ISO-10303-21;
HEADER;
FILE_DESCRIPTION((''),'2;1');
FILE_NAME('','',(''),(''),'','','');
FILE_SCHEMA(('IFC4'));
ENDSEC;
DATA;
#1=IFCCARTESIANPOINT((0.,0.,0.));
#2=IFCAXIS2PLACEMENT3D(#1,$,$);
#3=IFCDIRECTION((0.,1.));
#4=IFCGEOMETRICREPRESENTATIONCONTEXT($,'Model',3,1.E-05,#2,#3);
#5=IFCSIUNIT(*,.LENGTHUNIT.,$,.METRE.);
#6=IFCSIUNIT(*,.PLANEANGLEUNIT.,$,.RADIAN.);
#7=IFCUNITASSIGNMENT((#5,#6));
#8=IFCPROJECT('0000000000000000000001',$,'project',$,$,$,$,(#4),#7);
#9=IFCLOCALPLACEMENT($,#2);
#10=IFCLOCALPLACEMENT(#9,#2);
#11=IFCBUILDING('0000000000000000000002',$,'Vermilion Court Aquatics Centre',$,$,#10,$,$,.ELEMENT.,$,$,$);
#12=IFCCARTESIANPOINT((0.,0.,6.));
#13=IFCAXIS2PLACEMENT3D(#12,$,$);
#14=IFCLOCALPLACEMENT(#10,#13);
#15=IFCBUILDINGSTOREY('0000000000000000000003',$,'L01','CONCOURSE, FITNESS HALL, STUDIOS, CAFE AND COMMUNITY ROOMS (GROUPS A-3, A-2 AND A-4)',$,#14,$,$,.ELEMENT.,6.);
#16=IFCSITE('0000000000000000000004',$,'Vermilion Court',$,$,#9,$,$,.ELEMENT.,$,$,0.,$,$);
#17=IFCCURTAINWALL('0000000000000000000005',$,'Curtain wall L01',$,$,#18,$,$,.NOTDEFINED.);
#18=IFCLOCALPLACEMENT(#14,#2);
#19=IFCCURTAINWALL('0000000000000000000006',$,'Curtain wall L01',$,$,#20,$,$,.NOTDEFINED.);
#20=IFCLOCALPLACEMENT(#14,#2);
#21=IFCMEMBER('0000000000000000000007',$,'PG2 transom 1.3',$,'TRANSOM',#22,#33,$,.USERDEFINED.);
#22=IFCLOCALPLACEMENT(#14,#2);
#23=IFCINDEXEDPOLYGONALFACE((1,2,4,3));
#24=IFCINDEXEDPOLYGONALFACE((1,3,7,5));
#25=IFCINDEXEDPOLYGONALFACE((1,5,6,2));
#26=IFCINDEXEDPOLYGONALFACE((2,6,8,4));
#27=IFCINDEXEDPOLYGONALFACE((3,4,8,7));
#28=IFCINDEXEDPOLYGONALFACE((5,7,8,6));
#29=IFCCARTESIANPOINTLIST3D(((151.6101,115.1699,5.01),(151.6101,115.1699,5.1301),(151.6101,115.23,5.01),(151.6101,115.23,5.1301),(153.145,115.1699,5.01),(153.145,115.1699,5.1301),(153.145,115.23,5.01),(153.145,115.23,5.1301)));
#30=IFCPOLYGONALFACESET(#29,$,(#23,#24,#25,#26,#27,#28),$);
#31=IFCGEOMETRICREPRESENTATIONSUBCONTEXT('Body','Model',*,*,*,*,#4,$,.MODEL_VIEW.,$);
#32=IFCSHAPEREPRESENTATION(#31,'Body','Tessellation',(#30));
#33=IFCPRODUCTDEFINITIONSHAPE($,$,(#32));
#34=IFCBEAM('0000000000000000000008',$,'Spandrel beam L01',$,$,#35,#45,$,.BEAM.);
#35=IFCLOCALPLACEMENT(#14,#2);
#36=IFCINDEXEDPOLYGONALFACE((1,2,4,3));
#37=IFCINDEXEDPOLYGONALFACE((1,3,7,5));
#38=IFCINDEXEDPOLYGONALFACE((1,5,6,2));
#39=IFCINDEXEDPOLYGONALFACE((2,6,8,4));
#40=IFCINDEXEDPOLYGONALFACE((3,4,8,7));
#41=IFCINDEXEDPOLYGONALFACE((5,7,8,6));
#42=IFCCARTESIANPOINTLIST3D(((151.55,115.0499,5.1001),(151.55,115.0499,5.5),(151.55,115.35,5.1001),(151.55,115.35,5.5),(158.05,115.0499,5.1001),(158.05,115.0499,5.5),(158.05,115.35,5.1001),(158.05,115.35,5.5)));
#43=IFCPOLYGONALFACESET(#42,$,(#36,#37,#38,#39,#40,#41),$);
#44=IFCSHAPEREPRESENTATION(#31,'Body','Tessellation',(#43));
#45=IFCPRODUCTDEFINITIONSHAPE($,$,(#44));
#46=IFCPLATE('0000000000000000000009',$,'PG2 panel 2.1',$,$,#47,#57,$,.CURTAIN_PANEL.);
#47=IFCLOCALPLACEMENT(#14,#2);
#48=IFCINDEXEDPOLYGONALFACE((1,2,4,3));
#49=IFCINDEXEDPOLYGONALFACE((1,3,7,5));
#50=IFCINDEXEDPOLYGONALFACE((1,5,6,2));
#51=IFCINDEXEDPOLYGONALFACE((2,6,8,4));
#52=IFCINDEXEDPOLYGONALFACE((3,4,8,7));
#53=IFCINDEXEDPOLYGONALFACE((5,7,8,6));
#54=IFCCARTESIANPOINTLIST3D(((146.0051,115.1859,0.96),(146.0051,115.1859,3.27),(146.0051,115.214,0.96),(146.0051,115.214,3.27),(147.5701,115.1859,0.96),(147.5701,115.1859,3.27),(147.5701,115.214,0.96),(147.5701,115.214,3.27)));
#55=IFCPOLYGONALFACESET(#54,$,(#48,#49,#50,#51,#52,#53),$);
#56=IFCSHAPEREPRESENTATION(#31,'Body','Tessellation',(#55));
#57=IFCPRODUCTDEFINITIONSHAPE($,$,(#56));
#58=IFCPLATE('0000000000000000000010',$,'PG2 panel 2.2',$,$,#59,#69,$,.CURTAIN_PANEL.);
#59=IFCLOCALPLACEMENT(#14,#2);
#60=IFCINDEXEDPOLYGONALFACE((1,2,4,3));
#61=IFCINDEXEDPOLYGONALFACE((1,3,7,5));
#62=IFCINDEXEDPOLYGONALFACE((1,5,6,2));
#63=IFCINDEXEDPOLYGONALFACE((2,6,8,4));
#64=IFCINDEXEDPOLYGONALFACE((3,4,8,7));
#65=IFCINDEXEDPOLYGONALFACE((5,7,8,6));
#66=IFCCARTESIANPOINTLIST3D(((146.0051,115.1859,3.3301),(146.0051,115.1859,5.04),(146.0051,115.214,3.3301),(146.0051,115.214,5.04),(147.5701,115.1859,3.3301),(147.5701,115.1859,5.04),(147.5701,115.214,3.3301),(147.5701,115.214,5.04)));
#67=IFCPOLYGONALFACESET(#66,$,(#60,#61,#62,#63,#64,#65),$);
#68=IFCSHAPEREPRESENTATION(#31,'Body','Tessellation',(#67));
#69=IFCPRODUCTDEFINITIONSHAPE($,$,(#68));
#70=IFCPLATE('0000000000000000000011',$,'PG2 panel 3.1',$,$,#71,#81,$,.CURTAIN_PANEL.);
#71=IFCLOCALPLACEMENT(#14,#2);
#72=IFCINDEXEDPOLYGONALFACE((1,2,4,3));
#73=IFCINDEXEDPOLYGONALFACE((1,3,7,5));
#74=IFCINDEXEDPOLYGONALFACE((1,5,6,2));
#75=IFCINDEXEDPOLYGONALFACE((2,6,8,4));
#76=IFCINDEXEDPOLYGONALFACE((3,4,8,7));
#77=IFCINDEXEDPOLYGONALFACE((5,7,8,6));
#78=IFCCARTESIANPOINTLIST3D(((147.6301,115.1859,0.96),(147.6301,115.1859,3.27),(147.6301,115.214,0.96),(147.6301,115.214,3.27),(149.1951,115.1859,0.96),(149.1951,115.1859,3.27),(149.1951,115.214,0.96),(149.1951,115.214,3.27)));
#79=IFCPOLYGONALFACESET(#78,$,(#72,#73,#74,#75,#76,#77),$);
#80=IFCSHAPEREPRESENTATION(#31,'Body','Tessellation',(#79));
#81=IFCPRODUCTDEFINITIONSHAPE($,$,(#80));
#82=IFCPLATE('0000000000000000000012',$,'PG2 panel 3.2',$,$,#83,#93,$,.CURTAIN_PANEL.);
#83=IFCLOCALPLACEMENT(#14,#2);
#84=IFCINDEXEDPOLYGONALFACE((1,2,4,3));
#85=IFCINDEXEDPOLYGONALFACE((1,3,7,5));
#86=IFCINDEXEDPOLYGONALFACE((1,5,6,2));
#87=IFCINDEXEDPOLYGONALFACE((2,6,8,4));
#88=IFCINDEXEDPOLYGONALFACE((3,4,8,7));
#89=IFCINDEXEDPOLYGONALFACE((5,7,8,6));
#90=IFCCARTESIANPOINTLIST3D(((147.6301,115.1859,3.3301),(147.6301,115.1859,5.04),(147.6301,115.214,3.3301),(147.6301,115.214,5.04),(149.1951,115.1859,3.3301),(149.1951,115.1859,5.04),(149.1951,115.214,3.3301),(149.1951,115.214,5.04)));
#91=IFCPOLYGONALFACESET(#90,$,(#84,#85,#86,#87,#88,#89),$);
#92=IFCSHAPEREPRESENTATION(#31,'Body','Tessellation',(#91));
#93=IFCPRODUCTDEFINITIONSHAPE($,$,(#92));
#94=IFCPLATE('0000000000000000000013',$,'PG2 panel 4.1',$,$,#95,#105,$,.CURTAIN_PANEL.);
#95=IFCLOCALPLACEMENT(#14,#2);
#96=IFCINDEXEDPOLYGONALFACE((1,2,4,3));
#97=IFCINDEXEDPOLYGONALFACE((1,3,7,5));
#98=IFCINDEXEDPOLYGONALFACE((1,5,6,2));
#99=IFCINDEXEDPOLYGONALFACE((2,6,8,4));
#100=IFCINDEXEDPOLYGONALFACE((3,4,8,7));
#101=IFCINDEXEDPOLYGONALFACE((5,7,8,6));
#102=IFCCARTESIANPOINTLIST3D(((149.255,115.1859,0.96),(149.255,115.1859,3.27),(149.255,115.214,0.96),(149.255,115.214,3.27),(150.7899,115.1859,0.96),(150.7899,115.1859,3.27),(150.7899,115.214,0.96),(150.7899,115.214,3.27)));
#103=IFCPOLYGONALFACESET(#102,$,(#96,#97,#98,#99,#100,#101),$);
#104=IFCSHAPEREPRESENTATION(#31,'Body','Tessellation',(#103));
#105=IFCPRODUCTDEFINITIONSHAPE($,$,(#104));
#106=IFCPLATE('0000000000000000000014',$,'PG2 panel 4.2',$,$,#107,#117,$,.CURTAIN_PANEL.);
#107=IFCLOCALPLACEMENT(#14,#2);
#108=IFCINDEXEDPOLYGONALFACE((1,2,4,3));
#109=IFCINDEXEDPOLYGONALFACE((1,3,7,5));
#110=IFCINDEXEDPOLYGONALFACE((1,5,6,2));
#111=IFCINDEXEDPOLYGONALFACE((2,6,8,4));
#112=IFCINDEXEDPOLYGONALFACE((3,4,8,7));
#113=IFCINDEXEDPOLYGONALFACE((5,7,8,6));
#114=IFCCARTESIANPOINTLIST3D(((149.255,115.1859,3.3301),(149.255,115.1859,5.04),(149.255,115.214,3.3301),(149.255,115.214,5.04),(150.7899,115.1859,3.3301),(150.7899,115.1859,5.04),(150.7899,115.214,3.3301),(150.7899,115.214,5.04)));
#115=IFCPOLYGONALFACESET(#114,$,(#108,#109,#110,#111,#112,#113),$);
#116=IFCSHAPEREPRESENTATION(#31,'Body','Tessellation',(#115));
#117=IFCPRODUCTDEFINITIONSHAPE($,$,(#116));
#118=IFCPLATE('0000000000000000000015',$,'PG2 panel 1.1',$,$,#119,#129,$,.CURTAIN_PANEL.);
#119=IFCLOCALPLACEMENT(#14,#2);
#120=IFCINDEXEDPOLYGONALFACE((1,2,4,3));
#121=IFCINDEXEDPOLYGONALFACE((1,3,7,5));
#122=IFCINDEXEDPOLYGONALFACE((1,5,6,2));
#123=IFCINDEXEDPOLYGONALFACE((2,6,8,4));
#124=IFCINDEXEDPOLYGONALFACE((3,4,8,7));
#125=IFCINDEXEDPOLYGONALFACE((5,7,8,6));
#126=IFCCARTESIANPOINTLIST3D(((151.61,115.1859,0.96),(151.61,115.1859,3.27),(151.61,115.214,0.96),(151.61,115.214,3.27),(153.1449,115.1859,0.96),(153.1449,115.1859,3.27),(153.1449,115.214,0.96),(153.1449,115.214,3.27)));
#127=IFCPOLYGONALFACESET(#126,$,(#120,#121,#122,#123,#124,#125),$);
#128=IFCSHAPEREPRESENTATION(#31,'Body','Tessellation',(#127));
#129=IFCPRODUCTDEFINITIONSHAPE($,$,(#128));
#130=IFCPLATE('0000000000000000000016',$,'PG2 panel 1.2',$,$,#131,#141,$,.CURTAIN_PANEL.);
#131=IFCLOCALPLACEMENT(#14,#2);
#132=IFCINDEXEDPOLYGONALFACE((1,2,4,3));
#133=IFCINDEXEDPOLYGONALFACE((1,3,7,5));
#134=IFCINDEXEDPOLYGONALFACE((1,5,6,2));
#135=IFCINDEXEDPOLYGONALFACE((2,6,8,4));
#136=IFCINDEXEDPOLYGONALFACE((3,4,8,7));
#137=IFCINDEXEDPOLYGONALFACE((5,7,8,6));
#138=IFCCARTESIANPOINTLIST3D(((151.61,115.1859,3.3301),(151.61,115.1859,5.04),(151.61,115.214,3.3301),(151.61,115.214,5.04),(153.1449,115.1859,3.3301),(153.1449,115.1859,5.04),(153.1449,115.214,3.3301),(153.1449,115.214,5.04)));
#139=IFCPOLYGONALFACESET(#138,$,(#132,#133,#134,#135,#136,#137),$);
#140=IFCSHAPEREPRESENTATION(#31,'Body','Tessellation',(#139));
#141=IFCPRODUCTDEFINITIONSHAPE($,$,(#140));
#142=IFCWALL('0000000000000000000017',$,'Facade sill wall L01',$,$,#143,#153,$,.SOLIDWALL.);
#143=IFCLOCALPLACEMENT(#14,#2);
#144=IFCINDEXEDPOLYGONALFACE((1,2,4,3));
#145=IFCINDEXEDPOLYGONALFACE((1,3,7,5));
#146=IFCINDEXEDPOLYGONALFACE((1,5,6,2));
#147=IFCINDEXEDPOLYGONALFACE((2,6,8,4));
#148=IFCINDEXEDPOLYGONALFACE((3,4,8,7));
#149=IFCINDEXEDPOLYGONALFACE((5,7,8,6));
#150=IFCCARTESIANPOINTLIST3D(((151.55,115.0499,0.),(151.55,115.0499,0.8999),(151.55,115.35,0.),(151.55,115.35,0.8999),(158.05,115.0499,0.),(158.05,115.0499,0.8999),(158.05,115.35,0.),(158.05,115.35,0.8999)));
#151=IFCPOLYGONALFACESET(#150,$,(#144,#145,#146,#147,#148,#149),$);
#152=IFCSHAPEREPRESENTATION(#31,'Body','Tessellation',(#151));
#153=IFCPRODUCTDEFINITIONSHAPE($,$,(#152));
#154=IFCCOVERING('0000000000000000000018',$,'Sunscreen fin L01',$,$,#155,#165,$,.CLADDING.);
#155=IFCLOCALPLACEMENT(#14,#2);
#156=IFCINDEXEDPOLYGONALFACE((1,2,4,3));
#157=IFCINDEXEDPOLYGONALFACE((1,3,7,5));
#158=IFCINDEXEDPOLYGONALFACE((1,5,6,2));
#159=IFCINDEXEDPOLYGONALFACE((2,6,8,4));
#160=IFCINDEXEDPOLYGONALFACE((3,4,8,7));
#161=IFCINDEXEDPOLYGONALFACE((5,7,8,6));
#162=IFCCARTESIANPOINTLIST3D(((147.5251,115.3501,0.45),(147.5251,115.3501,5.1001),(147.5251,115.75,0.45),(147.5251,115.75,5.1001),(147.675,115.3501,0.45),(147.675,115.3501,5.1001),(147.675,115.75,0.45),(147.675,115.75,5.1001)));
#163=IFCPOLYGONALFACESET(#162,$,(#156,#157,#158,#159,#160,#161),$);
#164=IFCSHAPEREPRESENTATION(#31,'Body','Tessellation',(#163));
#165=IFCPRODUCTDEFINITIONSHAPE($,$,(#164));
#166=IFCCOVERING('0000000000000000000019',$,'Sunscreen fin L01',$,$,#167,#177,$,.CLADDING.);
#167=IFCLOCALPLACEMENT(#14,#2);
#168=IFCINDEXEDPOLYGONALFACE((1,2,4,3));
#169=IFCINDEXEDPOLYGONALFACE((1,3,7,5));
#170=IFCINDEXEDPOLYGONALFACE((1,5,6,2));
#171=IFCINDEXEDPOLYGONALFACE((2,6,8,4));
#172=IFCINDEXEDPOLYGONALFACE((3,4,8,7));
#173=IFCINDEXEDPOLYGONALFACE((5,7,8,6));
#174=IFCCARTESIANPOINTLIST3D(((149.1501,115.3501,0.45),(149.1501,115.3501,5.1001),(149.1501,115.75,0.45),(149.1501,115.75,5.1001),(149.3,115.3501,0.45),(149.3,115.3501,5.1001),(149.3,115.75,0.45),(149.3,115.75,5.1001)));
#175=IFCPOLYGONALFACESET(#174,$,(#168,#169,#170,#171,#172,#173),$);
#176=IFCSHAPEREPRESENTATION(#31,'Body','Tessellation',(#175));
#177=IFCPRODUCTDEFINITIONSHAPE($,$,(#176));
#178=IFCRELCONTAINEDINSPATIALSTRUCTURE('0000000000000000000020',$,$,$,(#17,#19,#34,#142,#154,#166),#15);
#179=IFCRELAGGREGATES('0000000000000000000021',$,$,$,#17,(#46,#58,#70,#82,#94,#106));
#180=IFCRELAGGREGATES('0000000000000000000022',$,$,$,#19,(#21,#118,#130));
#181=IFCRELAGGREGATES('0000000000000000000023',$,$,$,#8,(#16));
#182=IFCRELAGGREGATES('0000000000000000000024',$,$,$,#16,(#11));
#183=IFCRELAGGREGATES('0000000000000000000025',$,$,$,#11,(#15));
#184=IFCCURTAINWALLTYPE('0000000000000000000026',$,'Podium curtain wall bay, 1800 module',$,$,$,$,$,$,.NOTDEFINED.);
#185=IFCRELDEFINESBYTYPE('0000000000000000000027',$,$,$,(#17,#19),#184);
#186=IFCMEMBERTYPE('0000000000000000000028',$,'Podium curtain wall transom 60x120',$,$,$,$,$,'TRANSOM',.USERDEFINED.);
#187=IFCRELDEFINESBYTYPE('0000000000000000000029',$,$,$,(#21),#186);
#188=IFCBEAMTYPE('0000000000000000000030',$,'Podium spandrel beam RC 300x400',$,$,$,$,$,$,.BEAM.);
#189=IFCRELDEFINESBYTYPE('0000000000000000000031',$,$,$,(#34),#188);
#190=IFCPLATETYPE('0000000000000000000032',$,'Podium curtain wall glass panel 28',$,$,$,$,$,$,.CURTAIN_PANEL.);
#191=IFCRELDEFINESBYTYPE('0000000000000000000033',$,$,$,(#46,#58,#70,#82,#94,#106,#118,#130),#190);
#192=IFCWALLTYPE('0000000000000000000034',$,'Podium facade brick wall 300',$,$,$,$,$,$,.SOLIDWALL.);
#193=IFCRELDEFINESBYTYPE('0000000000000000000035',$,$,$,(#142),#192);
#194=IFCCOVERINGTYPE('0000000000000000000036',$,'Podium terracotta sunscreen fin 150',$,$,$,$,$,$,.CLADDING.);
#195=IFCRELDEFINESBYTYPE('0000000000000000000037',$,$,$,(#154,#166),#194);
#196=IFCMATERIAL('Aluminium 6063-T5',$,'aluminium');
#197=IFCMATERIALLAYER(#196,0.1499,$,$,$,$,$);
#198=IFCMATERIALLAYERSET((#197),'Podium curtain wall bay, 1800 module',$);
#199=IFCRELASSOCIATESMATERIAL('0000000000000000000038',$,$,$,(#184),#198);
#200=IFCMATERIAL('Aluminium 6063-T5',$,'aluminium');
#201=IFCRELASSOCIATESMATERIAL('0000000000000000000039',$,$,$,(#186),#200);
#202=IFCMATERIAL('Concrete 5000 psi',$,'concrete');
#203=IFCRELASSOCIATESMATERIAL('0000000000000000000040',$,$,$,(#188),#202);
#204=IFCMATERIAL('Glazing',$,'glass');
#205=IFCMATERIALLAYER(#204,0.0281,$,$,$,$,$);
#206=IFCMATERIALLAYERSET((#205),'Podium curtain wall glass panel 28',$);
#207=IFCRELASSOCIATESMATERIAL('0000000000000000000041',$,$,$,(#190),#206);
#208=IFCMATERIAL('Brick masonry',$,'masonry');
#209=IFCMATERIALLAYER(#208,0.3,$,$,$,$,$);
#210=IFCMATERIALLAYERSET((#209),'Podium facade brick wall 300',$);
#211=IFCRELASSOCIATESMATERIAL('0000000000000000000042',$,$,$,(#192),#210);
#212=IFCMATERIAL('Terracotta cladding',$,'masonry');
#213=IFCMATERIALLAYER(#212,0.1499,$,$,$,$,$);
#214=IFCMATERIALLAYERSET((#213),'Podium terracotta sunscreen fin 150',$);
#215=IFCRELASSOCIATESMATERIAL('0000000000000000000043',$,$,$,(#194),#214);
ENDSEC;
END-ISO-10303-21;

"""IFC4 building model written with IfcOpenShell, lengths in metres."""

from ifc_helpers import new_model, si_unit, direction, frame, frame_2d, origin, origin_2d, place, context, subcontext, project, spatial, rectangle, extrude, material, layer, layer_set, material_profile, profile_set, type_object, element, aggregate, save


model = new_model("IFC4")

# Units and contexts
model_context = context("Model", 3, precision=1e-05, world=origin(), true_north=direction((0.0, 1.0)))
body_context = subcontext(model_context, "Body", "Model", "MODEL_VIEW")
ifc_project = project(units=[si_unit("LENGTHUNIT", "METRE"), si_unit("PLANEANGLEUNIT", "RADIAN")], contexts=[model_context])

# Site, building, storey
site_placement = place(None, origin())
site = spatial("IfcSite", under=ifc_project, at=site_placement, Name="Vermilion Court", CompositionType="ELEMENT", RefElevation=0.0)
building_placement = place(site_placement, origin())
building = spatial("IfcBuilding", under=site, at=building_placement, Name="Vermilion Court Aquatics Centre", CompositionType="ELEMENT")
storey_placement = place(building_placement, frame((0.0, 0.0, 6.0)))
storey = spatial("IfcBuildingStorey", under=building, at=storey_placement, Name="L01", Description="CONCOURSE, FITNESS HALL, STUDIOS, CAFE AND COMMUNITY ROOMS (GROUPS A-3, A-2 AND A-4)", CompositionType="ELEMENT", Elevation=6.0)

# Curtain wall
ifc_material_1 = material(Name="Aluminium 6063-T5", Category="aluminium")
ifc_layer_1 = layer(ifc_material_1, 0.1499)
ifc_layer_set_1 = layer_set([ifc_layer_1], Name="Podium curtain wall bay, 1800 module")
curtain_wall_type = type_object("IfcCurtainWallType", Name="Podium curtain wall bay, 1800 module", PredefinedType="NOTDEFINED", material=ifc_layer_set_1)
curtain_wall_1_placement = place(storey_placement, origin())
curtain_wall_1 = element("IfcCurtainWall", 1, at=curtain_wall_1_placement, inside=storey, type_object=curtain_wall_type, Name="Curtain wall L01", PredefinedType="NOTDEFINED")

# Curtain wall
curtain_wall_2_placement = place(storey_placement, origin())
curtain_wall_2 = element("IfcCurtainWall", 2, at=curtain_wall_2_placement, inside=storey, type_object=curtain_wall_type, Name="Curtain wall L01", PredefinedType="NOTDEFINED")

# Member
ifc_material_2 = material(Name="Aluminium 6063-T5", Category="aluminium")
ifc_material_profile_1 = material_profile(ifc_material_2, rectangle(XDim=0.0601, YDim=0.1201, at=origin_2d()), Name="Transom 60x120")
ifc_profile_set_1 = profile_set([ifc_material_profile_1], Name="Aluminium 6063-T5")
member_type_1 = type_object("IfcMemberType", Name="Podium curtain wall transom 60x120", ElementType="TRANSOM", PredefinedType="USERDEFINED", material=ifc_profile_set_1)
member_1_placement = place(storey_placement, frame((151.6101, 115.2, 5.0701), z_axis=(1.0, 0.0, 0.0), x_axis=(0.0, 1.0, 0.0)))
member_1 = element("IfcMember", 3, at=member_1_placement, type_object=member_type_1, Name="PG2 transom 1.3", ObjectType="TRANSOM", PredefinedType="USERDEFINED", context=body_context, shape_type="SweptSolid", body=[
    extrude(rectangle(XDim=0.0601, YDim=0.1201, at=origin_2d()), origin(), (0.0, 0.0, 1.0), 1.5349),
])

# Beam
ifc_material_3 = material(Name="Concrete 5000 psi", Category="concrete")
ifc_material_profile_2 = material_profile(ifc_material_3, rectangle(XDim=0.3, YDim=0.3999, at=origin_2d()), Name="RC 300x400")
ifc_profile_set_2 = profile_set([ifc_material_profile_2], Name="Concrete 5000 psi")
beam_type = type_object("IfcBeamType", Name="Podium spandrel beam RC 300x400", PredefinedType="BEAM", material=ifc_profile_set_2)
beam_placement = place(storey_placement, frame((151.55, 115.2, 5.3), z_axis=(1.0, 0.0, 0.0), x_axis=(0.0, 1.0, 0.0)))
element("IfcBeam", 4, at=beam_placement, inside=storey, type_object=beam_type, Name="Spandrel beam L01", PredefinedType="BEAM", context=body_context, shape_type="SweptSolid", body=[
    extrude(rectangle(XDim=0.3, YDim=0.3999, at=origin_2d()), origin(), (0.0, 0.0, 1.0), 6.5),
])

# Plates
ifc_material_4 = material(Name="Glazing", Category="glass")
ifc_layer_2 = layer(ifc_material_4, 0.0281)
ifc_layer_set_2 = layer_set([ifc_layer_2], Name="Podium curtain wall glass panel 28")
plate_type = type_object("IfcPlateType", Name="Podium curtain wall glass panel 28", PredefinedType="CURTAIN_PANEL", material=ifc_layer_set_2)
plate_1_placement = place(storey_placement, frame((146.7876, 115.2, 0.96), z_axis=(0.0, 0.0, 1.0), x_axis=(1.0, 0.0, 0.0)))
plate_1 = element("IfcPlate", 5, at=plate_1_placement, type_object=plate_type, Name="PG2 panel 2.1", PredefinedType="CURTAIN_PANEL", context=body_context, shape_type="SweptSolid", body=[
    extrude(rectangle(XDim=1.5649, YDim=0.0281, at=origin_2d()), origin(), (0.0, 0.0, 1.0), 2.3101),
])
plate_2_placement = place(storey_placement, frame((146.7876, 115.2, 3.3301), z_axis=(0.0, 0.0, 1.0), x_axis=(1.0, 0.0, 0.0)))
plate_2 = element("IfcPlate", 6, at=plate_2_placement, type_object=plate_type, Name="PG2 panel 2.2", PredefinedType="CURTAIN_PANEL", context=body_context, shape_type="SweptSolid", body=[
    extrude(rectangle(XDim=1.5649, YDim=0.0281, at=origin_2d()), origin(), (0.0, 0.0, 1.0), 1.71),
])
plate_3_placement = place(storey_placement, frame((148.4126, 115.2, 0.96), z_axis=(0.0, 0.0, 1.0), x_axis=(1.0, 0.0, 0.0)))
plate_3 = element("IfcPlate", 7, at=plate_3_placement, type_object=plate_type, Name="PG2 panel 3.1", PredefinedType="CURTAIN_PANEL", context=body_context, shape_type="SweptSolid", body=[
    extrude(rectangle(XDim=1.5649, YDim=0.0281, at=origin_2d()), origin(), (0.0, 0.0, 1.0), 2.3101),
])
plate_4_placement = place(storey_placement, frame((148.4126, 115.2, 3.3301), z_axis=(0.0, 0.0, 1.0), x_axis=(1.0, 0.0, 0.0)))
plate_4 = element("IfcPlate", 8, at=plate_4_placement, type_object=plate_type, Name="PG2 panel 3.2", PredefinedType="CURTAIN_PANEL", context=body_context, shape_type="SweptSolid", body=[
    extrude(rectangle(XDim=1.5649, YDim=0.0281, at=origin_2d()), origin(), (0.0, 0.0, 1.0), 1.71),
])
plate_5_placement = place(storey_placement, frame((150.0225, 115.2, 0.96), z_axis=(0.0, 0.0, 1.0), x_axis=(1.0, 0.0, 0.0)))
plate_5 = element("IfcPlate", 9, at=plate_5_placement, type_object=plate_type, Name="PG2 panel 4.1", PredefinedType="CURTAIN_PANEL", context=body_context, shape_type="SweptSolid", body=[
    extrude(rectangle(XDim=1.5349, YDim=0.0281, at=origin_2d()), origin(), (0.0, 0.0, 1.0), 2.3101),
])
plate_6_placement = place(storey_placement, frame((150.0225, 115.2, 3.3301), z_axis=(0.0, 0.0, 1.0), x_axis=(1.0, 0.0, 0.0)))
plate_6 = element("IfcPlate", 10, at=plate_6_placement, type_object=plate_type, Name="PG2 panel 4.2", PredefinedType="CURTAIN_PANEL", context=body_context, shape_type="SweptSolid", body=[
    extrude(rectangle(XDim=1.5349, YDim=0.0281, at=origin_2d()), origin(), (0.0, 0.0, 1.0), 1.71),
])
aggregate(curtain_wall_1, [plate_1, plate_2, plate_3, plate_4, plate_5, plate_6])
plate_7_placement = place(storey_placement, frame((152.3774, 115.2, 0.96), z_axis=(0.0, 0.0, 1.0), x_axis=(1.0, 0.0, 0.0)))
plate_7 = element("IfcPlate", 11, at=plate_7_placement, type_object=plate_type, Name="PG2 panel 1.1", PredefinedType="CURTAIN_PANEL", context=body_context, shape_type="SweptSolid", body=[
    extrude(rectangle(XDim=1.5349, YDim=0.0281, at=origin_2d()), origin(), (0.0, 0.0, 1.0), 2.3101),
])
plate_8_placement = place(storey_placement, frame((152.3774, 115.2, 3.3301), z_axis=(0.0, 0.0, 1.0), x_axis=(1.0, 0.0, 0.0)))
plate_8 = element("IfcPlate", 12, at=plate_8_placement, type_object=plate_type, Name="PG2 panel 1.2", PredefinedType="CURTAIN_PANEL", context=body_context, shape_type="SweptSolid", body=[
    extrude(rectangle(XDim=1.5349, YDim=0.0281, at=origin_2d()), origin(), (0.0, 0.0, 1.0), 1.71),
])
aggregate(curtain_wall_2, [member_1, plate_7, plate_8])

# Wall
ifc_material_5 = material(Name="Brick masonry", Category="masonry")
ifc_layer_3 = layer(ifc_material_5, 0.3)
ifc_layer_set_3 = layer_set([ifc_layer_3], Name="Podium facade brick wall 300")
wall_type = type_object("IfcWallType", Name="Podium facade brick wall 300", PredefinedType="SOLIDWALL", material=ifc_layer_set_3)
wall_placement = place(storey_placement, frame((151.55, 115.2, 0.0), z_axis=(0.0, 0.0, 1.0), x_axis=(1.0, 0.0, 0.0)))
element("IfcWall", 13, at=wall_placement, inside=storey, type_object=wall_type, Name="Facade sill wall L01", PredefinedType="SOLIDWALL", context=body_context, shape_type="SweptSolid", body=[
    extrude(rectangle(XDim=6.5, YDim=0.3, at=frame_2d((3.25, 0.0))), origin(), (0.0, 0.0, 1.0), 0.8999),
])

# Coverings
ifc_material_6 = material(Name="Terracotta cladding", Category="masonry")
ifc_layer_4 = layer(ifc_material_6, 0.1499)
ifc_layer_set_4 = layer_set([ifc_layer_4], Name="Podium terracotta sunscreen fin 150")
covering_type = type_object("IfcCoveringType", Name="Podium terracotta sunscreen fin 150", PredefinedType="CLADDING", material=ifc_layer_set_4)
for number, where, z_axis, x_axis, name in (
    (14, (147.6001, 115.3501, 0.45), (0.0, 0.0, 1.0), (0.0, 1.0, 0.0), "Sunscreen fin L01"),
    (15, (149.2251, 115.3501, 0.45), (0.0, 0.0, 1.0), (0.0, 1.0, 0.0), "Sunscreen fin L01"),
):
    element("IfcCovering", number, at=place(storey_placement, frame(where, z_axis=z_axis, x_axis=x_axis)), inside=storey, type_object=covering_type, Name=name, PredefinedType="CLADDING", context=body_context, shape_type="SweptSolid", body=[
        extrude(rectangle(XDim=0.3999, YDim=0.1499, at=frame_2d((0.2, 0.0))), origin(), (0.0, 0.0, 1.0), 4.6501),
    ])

save(model, "model.ifc")
